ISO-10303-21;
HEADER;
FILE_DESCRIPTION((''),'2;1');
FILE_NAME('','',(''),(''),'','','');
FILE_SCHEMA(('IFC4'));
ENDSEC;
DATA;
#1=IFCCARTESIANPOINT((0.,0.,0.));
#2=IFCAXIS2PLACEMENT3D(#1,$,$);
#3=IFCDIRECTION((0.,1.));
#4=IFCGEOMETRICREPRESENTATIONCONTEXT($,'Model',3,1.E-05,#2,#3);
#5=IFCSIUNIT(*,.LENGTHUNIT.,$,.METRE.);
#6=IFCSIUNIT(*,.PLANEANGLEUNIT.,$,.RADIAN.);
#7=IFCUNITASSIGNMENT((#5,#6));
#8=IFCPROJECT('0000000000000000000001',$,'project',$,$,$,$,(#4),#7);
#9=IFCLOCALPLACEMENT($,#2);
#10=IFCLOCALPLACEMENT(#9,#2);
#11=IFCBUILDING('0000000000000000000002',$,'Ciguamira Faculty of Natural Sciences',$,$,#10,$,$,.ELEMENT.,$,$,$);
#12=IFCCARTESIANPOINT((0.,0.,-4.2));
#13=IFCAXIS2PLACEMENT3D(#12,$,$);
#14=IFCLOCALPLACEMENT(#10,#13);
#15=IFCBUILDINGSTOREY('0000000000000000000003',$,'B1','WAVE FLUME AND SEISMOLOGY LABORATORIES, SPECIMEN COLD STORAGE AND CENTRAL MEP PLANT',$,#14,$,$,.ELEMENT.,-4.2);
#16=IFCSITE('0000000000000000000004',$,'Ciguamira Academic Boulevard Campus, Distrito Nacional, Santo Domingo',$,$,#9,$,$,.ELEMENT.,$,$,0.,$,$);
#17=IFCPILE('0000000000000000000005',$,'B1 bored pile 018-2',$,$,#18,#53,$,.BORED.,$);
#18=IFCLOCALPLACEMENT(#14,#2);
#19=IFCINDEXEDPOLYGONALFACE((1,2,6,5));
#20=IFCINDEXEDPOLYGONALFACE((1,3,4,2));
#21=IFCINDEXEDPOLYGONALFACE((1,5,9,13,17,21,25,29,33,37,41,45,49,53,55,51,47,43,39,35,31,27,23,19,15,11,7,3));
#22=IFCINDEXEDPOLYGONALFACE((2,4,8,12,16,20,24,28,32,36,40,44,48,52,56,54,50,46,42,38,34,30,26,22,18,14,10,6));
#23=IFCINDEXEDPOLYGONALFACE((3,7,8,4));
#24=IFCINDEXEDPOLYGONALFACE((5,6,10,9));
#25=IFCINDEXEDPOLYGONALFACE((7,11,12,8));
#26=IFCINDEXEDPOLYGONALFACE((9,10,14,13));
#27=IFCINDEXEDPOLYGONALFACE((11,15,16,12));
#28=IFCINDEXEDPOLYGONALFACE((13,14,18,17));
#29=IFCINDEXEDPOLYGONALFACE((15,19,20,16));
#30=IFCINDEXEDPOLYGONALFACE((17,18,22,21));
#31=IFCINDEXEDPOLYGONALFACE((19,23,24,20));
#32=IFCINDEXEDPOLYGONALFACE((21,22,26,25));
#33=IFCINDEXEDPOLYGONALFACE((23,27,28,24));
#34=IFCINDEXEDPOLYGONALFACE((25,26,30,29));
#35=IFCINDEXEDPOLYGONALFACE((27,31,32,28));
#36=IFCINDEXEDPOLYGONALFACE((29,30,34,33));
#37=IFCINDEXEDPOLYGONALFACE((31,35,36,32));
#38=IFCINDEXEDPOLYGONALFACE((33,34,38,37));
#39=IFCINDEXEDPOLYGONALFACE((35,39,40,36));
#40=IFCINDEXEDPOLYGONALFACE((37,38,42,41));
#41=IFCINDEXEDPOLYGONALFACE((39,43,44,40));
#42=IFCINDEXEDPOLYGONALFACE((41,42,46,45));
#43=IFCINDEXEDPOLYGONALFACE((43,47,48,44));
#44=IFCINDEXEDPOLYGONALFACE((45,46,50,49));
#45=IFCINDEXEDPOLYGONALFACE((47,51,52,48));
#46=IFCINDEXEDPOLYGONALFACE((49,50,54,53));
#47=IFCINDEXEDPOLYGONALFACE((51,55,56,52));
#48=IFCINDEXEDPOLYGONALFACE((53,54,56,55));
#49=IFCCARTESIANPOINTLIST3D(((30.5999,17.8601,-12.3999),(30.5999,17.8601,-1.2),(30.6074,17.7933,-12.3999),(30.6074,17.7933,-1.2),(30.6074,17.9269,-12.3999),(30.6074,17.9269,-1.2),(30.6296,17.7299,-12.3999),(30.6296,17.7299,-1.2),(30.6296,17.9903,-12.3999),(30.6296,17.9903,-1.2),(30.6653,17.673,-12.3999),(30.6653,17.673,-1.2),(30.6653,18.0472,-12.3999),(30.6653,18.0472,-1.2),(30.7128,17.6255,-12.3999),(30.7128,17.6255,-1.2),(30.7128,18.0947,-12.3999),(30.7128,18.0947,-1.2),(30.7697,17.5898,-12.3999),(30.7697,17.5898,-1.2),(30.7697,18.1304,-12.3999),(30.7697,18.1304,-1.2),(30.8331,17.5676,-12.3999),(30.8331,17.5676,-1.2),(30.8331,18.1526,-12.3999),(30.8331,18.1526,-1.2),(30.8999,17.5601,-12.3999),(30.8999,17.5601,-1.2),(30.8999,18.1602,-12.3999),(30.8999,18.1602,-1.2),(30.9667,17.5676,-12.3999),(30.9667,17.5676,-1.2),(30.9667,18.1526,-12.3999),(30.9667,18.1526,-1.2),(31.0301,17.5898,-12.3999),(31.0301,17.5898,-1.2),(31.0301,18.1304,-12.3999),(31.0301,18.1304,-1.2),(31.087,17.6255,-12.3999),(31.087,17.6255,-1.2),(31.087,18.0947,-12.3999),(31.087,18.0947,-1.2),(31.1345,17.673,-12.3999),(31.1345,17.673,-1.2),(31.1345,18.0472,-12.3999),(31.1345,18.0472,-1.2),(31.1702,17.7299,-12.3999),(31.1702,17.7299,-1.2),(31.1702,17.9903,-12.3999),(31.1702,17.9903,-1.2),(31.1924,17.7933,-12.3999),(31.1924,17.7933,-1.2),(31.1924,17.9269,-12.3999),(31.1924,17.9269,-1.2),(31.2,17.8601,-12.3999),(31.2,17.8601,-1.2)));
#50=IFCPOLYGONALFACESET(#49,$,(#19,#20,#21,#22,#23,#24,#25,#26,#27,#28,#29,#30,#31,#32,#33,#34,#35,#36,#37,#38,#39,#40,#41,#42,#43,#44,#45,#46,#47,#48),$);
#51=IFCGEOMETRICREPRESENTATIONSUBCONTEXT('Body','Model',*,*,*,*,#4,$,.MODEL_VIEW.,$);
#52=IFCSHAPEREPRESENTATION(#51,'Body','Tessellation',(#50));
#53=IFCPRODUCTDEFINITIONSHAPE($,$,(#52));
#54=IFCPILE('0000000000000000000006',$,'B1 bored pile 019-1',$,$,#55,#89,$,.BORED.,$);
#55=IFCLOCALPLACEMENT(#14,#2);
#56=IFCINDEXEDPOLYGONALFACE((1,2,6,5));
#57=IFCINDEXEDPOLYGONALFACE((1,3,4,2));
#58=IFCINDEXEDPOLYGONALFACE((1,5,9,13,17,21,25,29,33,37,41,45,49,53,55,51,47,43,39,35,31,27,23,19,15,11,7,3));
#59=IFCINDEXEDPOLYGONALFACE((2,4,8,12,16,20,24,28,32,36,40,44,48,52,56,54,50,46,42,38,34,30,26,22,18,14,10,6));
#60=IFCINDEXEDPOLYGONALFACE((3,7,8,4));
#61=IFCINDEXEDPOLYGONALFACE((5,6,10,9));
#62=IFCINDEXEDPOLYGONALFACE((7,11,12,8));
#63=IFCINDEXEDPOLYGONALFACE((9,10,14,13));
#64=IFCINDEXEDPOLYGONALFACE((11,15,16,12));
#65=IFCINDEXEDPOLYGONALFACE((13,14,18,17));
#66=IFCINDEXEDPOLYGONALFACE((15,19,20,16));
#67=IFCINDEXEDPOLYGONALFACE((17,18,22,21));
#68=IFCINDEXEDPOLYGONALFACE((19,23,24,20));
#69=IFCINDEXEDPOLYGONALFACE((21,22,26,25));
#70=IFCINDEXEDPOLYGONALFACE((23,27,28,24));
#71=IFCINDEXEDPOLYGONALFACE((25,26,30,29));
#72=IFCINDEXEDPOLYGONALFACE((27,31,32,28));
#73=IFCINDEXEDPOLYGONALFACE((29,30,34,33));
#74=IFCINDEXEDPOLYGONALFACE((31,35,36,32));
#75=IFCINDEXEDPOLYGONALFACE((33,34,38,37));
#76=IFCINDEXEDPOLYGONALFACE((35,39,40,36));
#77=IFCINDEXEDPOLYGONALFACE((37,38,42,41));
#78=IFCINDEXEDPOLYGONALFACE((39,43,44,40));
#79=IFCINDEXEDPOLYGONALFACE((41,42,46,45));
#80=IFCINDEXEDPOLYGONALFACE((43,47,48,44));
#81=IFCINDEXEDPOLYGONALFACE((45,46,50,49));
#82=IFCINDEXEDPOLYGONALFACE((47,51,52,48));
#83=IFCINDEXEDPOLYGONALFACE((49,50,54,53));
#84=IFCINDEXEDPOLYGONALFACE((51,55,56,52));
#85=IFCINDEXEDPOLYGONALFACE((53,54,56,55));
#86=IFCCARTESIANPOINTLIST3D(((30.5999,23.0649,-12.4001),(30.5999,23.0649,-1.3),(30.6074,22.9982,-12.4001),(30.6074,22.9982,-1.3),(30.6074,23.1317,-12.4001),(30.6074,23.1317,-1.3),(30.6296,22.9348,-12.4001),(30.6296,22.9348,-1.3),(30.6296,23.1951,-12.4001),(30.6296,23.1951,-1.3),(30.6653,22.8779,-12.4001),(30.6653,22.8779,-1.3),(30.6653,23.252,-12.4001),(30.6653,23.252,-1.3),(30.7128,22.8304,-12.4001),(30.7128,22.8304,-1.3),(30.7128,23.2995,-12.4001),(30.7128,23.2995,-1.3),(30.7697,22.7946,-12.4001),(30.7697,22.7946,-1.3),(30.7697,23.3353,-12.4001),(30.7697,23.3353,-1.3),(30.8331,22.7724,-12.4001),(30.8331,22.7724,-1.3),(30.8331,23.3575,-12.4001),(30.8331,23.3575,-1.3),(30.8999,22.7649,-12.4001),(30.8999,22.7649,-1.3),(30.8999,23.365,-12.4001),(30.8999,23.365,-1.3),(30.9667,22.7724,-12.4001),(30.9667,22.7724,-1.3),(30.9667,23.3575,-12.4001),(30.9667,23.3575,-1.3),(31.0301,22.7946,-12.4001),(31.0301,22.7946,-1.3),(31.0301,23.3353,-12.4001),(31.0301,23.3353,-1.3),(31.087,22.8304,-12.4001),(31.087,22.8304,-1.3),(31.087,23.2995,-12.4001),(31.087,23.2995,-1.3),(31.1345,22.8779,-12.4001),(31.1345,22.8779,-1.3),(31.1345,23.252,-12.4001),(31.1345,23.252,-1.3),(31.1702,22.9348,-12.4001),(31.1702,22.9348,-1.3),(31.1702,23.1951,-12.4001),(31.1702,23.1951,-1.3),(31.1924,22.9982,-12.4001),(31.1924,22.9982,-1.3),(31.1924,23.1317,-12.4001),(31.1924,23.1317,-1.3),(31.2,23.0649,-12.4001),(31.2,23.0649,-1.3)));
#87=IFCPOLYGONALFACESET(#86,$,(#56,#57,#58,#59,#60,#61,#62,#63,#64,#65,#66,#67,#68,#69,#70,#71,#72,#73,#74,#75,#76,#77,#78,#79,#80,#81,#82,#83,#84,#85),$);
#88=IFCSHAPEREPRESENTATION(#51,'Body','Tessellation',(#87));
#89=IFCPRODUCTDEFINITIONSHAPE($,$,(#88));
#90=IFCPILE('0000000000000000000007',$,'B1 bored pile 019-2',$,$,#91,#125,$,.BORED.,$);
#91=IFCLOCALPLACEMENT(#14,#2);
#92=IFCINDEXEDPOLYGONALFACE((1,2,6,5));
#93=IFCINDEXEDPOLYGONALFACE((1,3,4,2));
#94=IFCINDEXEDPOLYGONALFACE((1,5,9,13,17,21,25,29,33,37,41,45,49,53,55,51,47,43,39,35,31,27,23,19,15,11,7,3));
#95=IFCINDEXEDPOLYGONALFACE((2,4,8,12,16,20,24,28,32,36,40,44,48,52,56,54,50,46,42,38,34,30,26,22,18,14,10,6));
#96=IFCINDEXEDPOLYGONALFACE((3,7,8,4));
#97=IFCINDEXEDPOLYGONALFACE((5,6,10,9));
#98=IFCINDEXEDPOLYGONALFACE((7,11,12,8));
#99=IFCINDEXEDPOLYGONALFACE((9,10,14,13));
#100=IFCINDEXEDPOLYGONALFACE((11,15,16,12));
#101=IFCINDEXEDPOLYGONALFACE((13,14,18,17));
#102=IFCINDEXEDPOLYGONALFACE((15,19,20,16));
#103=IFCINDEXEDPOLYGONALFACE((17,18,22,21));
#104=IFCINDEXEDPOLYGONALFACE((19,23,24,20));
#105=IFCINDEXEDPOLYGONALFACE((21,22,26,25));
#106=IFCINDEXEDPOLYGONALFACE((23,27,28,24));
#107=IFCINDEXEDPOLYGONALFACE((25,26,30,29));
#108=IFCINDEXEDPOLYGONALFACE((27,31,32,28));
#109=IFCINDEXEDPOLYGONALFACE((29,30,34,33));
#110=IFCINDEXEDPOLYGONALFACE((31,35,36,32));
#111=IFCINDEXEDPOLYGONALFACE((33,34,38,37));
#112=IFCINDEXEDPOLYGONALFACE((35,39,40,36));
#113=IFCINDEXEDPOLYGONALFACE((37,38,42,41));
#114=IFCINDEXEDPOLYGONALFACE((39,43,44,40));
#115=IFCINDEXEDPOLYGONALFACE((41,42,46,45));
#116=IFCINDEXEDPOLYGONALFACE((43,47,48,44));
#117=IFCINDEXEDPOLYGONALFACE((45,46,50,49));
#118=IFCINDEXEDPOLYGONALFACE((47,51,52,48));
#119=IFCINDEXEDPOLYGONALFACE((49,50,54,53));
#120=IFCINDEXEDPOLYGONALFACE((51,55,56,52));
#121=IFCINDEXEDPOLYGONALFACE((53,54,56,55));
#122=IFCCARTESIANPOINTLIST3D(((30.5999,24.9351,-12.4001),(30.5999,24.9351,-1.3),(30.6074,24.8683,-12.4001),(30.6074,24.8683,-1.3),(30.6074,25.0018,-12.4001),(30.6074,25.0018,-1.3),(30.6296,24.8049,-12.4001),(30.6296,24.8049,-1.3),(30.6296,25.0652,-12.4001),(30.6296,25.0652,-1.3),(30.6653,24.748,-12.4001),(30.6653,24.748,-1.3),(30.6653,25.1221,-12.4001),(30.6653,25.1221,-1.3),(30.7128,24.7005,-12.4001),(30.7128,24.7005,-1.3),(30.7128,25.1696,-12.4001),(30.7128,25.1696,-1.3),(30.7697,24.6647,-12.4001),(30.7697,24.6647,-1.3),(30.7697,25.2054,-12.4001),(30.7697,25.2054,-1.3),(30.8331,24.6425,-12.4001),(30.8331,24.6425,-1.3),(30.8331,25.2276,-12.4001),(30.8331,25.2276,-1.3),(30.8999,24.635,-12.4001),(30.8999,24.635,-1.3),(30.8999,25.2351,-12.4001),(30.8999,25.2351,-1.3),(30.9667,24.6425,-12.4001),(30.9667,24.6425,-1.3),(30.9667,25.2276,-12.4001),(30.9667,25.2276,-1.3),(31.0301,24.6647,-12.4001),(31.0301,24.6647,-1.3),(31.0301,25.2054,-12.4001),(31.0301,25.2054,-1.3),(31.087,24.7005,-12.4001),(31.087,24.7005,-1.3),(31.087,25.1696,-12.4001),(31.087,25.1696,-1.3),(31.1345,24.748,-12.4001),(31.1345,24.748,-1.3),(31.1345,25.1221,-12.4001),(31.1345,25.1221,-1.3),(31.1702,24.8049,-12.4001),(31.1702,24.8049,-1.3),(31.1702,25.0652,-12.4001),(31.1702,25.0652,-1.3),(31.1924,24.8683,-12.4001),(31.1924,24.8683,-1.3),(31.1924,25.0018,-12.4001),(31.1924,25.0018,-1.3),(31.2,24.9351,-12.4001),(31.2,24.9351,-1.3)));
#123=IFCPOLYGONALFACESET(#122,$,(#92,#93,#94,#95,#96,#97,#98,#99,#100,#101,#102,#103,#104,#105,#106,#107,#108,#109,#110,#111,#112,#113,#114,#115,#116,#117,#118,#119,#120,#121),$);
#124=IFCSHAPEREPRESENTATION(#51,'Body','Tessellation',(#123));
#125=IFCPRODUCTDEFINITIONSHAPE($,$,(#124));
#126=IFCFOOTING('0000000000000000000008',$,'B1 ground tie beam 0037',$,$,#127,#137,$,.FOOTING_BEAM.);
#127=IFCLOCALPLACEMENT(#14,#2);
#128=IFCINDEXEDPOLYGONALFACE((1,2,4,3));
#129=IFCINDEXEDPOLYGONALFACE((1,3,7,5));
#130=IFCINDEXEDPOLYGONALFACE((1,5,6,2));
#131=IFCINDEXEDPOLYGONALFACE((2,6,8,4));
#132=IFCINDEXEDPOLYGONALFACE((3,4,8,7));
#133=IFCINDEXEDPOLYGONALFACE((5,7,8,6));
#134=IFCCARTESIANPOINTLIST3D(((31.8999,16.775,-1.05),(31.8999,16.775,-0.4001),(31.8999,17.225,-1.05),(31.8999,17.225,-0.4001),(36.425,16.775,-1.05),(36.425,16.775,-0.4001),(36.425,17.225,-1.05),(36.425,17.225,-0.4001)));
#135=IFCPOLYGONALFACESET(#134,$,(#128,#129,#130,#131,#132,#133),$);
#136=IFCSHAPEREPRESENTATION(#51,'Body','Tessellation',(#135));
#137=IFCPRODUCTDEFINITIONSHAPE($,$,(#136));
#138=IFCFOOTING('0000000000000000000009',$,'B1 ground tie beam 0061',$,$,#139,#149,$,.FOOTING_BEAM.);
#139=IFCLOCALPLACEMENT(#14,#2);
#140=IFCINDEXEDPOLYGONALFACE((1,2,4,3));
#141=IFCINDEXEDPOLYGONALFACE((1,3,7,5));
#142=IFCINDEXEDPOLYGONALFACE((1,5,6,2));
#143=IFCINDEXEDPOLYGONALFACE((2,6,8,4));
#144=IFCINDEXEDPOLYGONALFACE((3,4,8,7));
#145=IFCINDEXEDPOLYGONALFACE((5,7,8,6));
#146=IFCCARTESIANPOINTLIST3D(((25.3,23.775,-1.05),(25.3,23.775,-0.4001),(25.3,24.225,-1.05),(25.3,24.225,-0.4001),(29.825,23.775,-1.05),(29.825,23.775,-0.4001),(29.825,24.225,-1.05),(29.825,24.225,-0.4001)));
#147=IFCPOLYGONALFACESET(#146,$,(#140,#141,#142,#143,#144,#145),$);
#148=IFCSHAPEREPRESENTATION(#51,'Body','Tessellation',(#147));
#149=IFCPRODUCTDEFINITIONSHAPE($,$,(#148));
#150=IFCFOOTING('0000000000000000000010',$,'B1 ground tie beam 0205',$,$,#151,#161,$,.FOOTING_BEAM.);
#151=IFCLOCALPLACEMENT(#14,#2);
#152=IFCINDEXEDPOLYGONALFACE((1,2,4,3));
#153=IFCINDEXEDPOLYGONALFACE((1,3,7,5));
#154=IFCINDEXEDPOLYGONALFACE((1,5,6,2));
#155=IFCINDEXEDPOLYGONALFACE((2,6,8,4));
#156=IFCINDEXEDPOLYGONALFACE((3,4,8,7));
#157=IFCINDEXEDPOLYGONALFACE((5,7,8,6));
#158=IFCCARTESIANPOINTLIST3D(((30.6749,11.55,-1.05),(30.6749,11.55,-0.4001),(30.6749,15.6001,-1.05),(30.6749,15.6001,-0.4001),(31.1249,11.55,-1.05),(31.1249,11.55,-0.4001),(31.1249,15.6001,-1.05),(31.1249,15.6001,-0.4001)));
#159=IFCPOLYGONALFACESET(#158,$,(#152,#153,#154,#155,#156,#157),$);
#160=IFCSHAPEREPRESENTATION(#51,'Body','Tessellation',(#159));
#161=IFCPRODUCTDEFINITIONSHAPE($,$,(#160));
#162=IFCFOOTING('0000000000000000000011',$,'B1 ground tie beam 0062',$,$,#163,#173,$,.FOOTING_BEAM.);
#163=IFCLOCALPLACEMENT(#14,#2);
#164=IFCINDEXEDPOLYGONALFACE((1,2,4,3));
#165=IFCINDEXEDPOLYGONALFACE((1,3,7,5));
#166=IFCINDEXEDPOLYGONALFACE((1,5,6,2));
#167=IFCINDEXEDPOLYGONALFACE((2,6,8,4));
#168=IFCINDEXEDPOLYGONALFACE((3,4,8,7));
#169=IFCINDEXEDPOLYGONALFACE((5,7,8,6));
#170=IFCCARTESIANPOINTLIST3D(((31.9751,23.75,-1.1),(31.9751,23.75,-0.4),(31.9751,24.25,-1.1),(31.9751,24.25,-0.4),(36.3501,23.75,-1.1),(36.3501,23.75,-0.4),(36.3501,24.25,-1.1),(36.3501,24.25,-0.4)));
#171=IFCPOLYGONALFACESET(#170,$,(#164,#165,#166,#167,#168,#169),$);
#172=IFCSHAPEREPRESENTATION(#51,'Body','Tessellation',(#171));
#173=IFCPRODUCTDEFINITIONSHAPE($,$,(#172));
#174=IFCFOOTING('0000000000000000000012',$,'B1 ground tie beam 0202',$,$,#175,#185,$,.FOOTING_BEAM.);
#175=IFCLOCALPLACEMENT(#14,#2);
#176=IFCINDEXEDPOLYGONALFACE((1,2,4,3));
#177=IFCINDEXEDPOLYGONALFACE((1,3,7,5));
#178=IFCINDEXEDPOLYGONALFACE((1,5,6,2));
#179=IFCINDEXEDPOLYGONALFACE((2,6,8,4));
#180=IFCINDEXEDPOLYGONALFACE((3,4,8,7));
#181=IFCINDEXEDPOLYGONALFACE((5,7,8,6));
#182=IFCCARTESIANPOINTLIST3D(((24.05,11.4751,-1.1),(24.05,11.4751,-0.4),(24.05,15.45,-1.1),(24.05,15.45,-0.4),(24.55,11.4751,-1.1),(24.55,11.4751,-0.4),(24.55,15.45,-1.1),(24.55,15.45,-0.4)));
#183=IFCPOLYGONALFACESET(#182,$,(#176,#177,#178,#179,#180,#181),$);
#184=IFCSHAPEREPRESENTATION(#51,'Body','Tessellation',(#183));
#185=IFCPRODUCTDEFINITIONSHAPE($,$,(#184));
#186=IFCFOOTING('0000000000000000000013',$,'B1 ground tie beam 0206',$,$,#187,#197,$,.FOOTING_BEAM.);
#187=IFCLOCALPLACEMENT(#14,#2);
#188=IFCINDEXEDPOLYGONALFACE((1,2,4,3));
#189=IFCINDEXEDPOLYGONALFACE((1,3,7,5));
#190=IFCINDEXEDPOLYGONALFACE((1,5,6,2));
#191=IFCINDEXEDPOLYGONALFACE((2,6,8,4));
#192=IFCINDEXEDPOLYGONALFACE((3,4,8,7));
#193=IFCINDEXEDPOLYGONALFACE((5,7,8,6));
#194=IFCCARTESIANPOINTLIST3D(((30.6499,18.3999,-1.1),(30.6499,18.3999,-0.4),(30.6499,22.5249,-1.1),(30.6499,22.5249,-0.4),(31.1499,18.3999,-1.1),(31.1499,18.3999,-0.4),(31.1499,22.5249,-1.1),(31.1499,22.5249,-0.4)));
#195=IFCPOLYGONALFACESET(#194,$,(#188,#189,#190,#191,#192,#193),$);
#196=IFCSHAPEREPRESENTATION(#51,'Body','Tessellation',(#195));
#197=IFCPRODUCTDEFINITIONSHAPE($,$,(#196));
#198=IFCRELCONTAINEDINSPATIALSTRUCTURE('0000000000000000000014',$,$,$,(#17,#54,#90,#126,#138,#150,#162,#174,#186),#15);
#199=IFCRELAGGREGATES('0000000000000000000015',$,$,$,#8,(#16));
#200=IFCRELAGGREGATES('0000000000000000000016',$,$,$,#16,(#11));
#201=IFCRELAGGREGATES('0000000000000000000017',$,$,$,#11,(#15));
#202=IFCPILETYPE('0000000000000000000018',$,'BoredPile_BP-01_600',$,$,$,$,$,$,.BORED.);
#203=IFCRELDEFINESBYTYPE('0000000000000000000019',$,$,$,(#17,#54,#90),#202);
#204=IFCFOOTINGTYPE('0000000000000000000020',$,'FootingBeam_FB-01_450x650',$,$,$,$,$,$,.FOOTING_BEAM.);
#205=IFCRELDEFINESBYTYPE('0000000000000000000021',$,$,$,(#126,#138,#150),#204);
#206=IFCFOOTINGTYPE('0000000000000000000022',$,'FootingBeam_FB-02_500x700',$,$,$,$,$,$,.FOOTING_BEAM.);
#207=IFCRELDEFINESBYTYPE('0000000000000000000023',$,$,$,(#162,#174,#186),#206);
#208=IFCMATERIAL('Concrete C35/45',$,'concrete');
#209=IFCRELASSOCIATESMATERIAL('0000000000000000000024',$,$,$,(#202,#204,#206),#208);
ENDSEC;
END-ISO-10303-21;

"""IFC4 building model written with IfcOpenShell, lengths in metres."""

from ifc_helpers import new_model, si_unit, direction, frame, origin, origin_2d, place, context, subcontext, project, spatial, rectangle, circle, extrude, material, material_profile, profile_set, type_object, element, save


model = new_model("IFC4")

# Units and contexts
model_context = context("Model", 3, precision=1e-05, world=origin(), true_north=direction((0.0, 1.0)))
body_context = subcontext(model_context, "Body", "Model", "MODEL_VIEW")
ifc_project = project(units=[si_unit("LENGTHUNIT", "METRE"), si_unit("PLANEANGLEUNIT", "RADIAN")], contexts=[model_context])

# Site, building, storey
site_placement = place(None, origin())
site = spatial("IfcSite", under=ifc_project, at=site_placement, Name="Ciguamira Academic Boulevard Campus, Distrito Nacional, Santo Domingo", CompositionType="ELEMENT", RefElevation=0.0)
building_placement = place(site_placement, origin())
building = spatial("IfcBuilding", under=site, at=building_placement, Name="Ciguamira Faculty of Natural Sciences", CompositionType="ELEMENT")
storey_placement = place(building_placement, frame((0.0, 0.0, -4.2)))
storey = spatial("IfcBuildingStorey", under=building, at=storey_placement, Name="B1", Description="WAVE FLUME AND SEISMOLOGY LABORATORIES, SPECIMEN COLD STORAGE AND CENTRAL MEP PLANT", CompositionType="ELEMENT", Elevation=-4.2)

# Piles
ifc_material_1 = material(Name="Concrete C35/45", Category="concrete")
ifc_material_profile_1 = material_profile(ifc_material_1, circle(Radius=0.3, at=origin_2d()), Name="PILE-BORED-600")
ifc_profile_set_1 = profile_set([ifc_material_profile_1], Name="Concrete C35/45")
pile_type = type_object("IfcPileType", Name="BoredPile_BP-01_600", PredefinedType="BORED", material=ifc_profile_set_1)
for number, where, z_axis, x_axis, name in (
    (1, (30.8999, 17.8601, -1.2), (0.0, 0.0, -1.0), (1.0, 0.0, 0.0), "B1 bored pile 018-2"),
):
    element("IfcPile", number, at=place(storey_placement, frame(where, z_axis=z_axis, x_axis=x_axis)), inside=storey, type_object=pile_type, Name=name, PredefinedType="BORED", context=body_context, shape_type="SweptSolid", body=[
        extrude(circle(Radius=0.3, at=origin_2d()), origin(), (0.0, 0.0, 1.0), 11.2),
    ])
for number, where, z_axis, x_axis, name in (
    (2, (30.8999, 23.0649, -1.3), (0.0, 0.0, -1.0), (1.0, 0.0, 0.0), "B1 bored pile 019-1"),
    (3, (30.8999, 24.9351, -1.3), (0.0, 0.0, -1.0), (1.0, 0.0, 0.0), "B1 bored pile 019-2"),
):
    element("IfcPile", number, at=place(storey_placement, frame(where, z_axis=z_axis, x_axis=x_axis)), inside=storey, type_object=pile_type, Name=name, PredefinedType="BORED", context=body_context, shape_type="SweptSolid", body=[
        extrude(circle(Radius=0.3, at=origin_2d()), origin(), (0.0, 0.0, 1.0), 11.1001),
    ])

# Footings
ifc_material_profile_2 = material_profile(ifc_material_1, rectangle(XDim=0.45, YDim=0.6499, at=origin_2d()), Name="RC-FB-450X650")
ifc_profile_set_2 = profile_set([ifc_material_profile_2], Name="Concrete C35/45")
footing_type_1 = type_object("IfcFootingType", Name="FootingBeam_FB-01_450x650", PredefinedType="FOOTING_BEAM", material=ifc_profile_set_2)
footing_1_placement = place(storey_placement, frame((31.8999, 17.0, -0.7251), z_axis=(1.0, 0.0, 0.0), x_axis=(0.0, 1.0, 0.0)))
element("IfcFooting", 4, at=footing_1_placement, inside=storey, type_object=footing_type_1, Name="B1 ground tie beam 0037", PredefinedType="FOOTING_BEAM", context=body_context, shape_type="SweptSolid", body=[
    extrude(rectangle(XDim=0.45, YDim=0.6499, at=origin_2d()), origin(), (0.0, 0.0, 1.0), 4.5251),
])
footing_2_placement = place(storey_placement, frame((25.3, 24.0, -0.7251), z_axis=(1.0, 0.0, 0.0), x_axis=(0.0, 1.0, 0.0)))
element("IfcFooting", 5, at=footing_2_placement, inside=storey, type_object=footing_type_1, Name="B1 ground tie beam 0061", PredefinedType="FOOTING_BEAM", context=body_context, shape_type="SweptSolid", body=[
    extrude(rectangle(XDim=0.45, YDim=0.6499, at=origin_2d()), origin(), (0.0, 0.0, 1.0), 4.5249),
])
footing_3_placement = place(storey_placement, frame((30.8999, 11.55, -0.7251), z_axis=(0.0, 1.0, 0.0), x_axis=(-1.0, 0.0, 0.0)))
element("IfcFooting", 6, at=footing_3_placement, inside=storey, type_object=footing_type_1, Name="B1 ground tie beam 0205", PredefinedType="FOOTING_BEAM", context=body_context, shape_type="SweptSolid", body=[
    extrude(rectangle(XDim=0.45, YDim=0.6499, at=origin_2d()), origin(), (0.0, 0.0, 1.0), 4.05),
])
ifc_material_profile_3 = material_profile(ifc_material_1, rectangle(XDim=0.5, YDim=0.7, at=origin_2d()), Name="RC-FB-500X700")
ifc_profile_set_3 = profile_set([ifc_material_profile_3], Name="Concrete C35/45")
footing_type_2 = type_object("IfcFootingType", Name="FootingBeam_FB-02_500x700", PredefinedType="FOOTING_BEAM", material=ifc_profile_set_3)
footing_4_placement = place(storey_placement, frame((31.9751, 24.0, -0.75), z_axis=(1.0, 0.0, 0.0), x_axis=(0.0, 1.0, 0.0)))
element("IfcFooting", 7, at=footing_4_placement, inside=storey, type_object=footing_type_2, Name="B1 ground tie beam 0062", PredefinedType="FOOTING_BEAM", context=body_context, shape_type="SweptSolid", body=[
    extrude(rectangle(XDim=0.5, YDim=0.7, at=origin_2d()), origin(), (0.0, 0.0, 1.0), 4.375),
])
footing_5_placement = place(storey_placement, frame((24.3, 11.4751, -0.75), z_axis=(0.0, 1.0, 0.0), x_axis=(-1.0, 0.0, 0.0)))
element("IfcFooting", 8, at=footing_5_placement, inside=storey, type_object=footing_type_2, Name="B1 ground tie beam 0202", PredefinedType="FOOTING_BEAM", context=body_context, shape_type="SweptSolid", body=[
    extrude(rectangle(XDim=0.5, YDim=0.7, at=origin_2d()), origin(), (0.0, 0.0, 1.0), 3.9749),
])
footing_6_placement = place(storey_placement, frame((30.8999, 18.3999, -0.75), z_axis=(0.0, 1.0, 0.0), x_axis=(-1.0, 0.0, 0.0)))
element("IfcFooting", 9, at=footing_6_placement, inside=storey, type_object=footing_type_2, Name="B1 ground tie beam 0206", PredefinedType="FOOTING_BEAM", context=body_context, shape_type="SweptSolid", body=[
    extrude(rectangle(XDim=0.5, YDim=0.7, at=origin_2d()), origin(), (0.0, 0.0, 1.0), 4.125),
])

save(model, "model.ifc")
